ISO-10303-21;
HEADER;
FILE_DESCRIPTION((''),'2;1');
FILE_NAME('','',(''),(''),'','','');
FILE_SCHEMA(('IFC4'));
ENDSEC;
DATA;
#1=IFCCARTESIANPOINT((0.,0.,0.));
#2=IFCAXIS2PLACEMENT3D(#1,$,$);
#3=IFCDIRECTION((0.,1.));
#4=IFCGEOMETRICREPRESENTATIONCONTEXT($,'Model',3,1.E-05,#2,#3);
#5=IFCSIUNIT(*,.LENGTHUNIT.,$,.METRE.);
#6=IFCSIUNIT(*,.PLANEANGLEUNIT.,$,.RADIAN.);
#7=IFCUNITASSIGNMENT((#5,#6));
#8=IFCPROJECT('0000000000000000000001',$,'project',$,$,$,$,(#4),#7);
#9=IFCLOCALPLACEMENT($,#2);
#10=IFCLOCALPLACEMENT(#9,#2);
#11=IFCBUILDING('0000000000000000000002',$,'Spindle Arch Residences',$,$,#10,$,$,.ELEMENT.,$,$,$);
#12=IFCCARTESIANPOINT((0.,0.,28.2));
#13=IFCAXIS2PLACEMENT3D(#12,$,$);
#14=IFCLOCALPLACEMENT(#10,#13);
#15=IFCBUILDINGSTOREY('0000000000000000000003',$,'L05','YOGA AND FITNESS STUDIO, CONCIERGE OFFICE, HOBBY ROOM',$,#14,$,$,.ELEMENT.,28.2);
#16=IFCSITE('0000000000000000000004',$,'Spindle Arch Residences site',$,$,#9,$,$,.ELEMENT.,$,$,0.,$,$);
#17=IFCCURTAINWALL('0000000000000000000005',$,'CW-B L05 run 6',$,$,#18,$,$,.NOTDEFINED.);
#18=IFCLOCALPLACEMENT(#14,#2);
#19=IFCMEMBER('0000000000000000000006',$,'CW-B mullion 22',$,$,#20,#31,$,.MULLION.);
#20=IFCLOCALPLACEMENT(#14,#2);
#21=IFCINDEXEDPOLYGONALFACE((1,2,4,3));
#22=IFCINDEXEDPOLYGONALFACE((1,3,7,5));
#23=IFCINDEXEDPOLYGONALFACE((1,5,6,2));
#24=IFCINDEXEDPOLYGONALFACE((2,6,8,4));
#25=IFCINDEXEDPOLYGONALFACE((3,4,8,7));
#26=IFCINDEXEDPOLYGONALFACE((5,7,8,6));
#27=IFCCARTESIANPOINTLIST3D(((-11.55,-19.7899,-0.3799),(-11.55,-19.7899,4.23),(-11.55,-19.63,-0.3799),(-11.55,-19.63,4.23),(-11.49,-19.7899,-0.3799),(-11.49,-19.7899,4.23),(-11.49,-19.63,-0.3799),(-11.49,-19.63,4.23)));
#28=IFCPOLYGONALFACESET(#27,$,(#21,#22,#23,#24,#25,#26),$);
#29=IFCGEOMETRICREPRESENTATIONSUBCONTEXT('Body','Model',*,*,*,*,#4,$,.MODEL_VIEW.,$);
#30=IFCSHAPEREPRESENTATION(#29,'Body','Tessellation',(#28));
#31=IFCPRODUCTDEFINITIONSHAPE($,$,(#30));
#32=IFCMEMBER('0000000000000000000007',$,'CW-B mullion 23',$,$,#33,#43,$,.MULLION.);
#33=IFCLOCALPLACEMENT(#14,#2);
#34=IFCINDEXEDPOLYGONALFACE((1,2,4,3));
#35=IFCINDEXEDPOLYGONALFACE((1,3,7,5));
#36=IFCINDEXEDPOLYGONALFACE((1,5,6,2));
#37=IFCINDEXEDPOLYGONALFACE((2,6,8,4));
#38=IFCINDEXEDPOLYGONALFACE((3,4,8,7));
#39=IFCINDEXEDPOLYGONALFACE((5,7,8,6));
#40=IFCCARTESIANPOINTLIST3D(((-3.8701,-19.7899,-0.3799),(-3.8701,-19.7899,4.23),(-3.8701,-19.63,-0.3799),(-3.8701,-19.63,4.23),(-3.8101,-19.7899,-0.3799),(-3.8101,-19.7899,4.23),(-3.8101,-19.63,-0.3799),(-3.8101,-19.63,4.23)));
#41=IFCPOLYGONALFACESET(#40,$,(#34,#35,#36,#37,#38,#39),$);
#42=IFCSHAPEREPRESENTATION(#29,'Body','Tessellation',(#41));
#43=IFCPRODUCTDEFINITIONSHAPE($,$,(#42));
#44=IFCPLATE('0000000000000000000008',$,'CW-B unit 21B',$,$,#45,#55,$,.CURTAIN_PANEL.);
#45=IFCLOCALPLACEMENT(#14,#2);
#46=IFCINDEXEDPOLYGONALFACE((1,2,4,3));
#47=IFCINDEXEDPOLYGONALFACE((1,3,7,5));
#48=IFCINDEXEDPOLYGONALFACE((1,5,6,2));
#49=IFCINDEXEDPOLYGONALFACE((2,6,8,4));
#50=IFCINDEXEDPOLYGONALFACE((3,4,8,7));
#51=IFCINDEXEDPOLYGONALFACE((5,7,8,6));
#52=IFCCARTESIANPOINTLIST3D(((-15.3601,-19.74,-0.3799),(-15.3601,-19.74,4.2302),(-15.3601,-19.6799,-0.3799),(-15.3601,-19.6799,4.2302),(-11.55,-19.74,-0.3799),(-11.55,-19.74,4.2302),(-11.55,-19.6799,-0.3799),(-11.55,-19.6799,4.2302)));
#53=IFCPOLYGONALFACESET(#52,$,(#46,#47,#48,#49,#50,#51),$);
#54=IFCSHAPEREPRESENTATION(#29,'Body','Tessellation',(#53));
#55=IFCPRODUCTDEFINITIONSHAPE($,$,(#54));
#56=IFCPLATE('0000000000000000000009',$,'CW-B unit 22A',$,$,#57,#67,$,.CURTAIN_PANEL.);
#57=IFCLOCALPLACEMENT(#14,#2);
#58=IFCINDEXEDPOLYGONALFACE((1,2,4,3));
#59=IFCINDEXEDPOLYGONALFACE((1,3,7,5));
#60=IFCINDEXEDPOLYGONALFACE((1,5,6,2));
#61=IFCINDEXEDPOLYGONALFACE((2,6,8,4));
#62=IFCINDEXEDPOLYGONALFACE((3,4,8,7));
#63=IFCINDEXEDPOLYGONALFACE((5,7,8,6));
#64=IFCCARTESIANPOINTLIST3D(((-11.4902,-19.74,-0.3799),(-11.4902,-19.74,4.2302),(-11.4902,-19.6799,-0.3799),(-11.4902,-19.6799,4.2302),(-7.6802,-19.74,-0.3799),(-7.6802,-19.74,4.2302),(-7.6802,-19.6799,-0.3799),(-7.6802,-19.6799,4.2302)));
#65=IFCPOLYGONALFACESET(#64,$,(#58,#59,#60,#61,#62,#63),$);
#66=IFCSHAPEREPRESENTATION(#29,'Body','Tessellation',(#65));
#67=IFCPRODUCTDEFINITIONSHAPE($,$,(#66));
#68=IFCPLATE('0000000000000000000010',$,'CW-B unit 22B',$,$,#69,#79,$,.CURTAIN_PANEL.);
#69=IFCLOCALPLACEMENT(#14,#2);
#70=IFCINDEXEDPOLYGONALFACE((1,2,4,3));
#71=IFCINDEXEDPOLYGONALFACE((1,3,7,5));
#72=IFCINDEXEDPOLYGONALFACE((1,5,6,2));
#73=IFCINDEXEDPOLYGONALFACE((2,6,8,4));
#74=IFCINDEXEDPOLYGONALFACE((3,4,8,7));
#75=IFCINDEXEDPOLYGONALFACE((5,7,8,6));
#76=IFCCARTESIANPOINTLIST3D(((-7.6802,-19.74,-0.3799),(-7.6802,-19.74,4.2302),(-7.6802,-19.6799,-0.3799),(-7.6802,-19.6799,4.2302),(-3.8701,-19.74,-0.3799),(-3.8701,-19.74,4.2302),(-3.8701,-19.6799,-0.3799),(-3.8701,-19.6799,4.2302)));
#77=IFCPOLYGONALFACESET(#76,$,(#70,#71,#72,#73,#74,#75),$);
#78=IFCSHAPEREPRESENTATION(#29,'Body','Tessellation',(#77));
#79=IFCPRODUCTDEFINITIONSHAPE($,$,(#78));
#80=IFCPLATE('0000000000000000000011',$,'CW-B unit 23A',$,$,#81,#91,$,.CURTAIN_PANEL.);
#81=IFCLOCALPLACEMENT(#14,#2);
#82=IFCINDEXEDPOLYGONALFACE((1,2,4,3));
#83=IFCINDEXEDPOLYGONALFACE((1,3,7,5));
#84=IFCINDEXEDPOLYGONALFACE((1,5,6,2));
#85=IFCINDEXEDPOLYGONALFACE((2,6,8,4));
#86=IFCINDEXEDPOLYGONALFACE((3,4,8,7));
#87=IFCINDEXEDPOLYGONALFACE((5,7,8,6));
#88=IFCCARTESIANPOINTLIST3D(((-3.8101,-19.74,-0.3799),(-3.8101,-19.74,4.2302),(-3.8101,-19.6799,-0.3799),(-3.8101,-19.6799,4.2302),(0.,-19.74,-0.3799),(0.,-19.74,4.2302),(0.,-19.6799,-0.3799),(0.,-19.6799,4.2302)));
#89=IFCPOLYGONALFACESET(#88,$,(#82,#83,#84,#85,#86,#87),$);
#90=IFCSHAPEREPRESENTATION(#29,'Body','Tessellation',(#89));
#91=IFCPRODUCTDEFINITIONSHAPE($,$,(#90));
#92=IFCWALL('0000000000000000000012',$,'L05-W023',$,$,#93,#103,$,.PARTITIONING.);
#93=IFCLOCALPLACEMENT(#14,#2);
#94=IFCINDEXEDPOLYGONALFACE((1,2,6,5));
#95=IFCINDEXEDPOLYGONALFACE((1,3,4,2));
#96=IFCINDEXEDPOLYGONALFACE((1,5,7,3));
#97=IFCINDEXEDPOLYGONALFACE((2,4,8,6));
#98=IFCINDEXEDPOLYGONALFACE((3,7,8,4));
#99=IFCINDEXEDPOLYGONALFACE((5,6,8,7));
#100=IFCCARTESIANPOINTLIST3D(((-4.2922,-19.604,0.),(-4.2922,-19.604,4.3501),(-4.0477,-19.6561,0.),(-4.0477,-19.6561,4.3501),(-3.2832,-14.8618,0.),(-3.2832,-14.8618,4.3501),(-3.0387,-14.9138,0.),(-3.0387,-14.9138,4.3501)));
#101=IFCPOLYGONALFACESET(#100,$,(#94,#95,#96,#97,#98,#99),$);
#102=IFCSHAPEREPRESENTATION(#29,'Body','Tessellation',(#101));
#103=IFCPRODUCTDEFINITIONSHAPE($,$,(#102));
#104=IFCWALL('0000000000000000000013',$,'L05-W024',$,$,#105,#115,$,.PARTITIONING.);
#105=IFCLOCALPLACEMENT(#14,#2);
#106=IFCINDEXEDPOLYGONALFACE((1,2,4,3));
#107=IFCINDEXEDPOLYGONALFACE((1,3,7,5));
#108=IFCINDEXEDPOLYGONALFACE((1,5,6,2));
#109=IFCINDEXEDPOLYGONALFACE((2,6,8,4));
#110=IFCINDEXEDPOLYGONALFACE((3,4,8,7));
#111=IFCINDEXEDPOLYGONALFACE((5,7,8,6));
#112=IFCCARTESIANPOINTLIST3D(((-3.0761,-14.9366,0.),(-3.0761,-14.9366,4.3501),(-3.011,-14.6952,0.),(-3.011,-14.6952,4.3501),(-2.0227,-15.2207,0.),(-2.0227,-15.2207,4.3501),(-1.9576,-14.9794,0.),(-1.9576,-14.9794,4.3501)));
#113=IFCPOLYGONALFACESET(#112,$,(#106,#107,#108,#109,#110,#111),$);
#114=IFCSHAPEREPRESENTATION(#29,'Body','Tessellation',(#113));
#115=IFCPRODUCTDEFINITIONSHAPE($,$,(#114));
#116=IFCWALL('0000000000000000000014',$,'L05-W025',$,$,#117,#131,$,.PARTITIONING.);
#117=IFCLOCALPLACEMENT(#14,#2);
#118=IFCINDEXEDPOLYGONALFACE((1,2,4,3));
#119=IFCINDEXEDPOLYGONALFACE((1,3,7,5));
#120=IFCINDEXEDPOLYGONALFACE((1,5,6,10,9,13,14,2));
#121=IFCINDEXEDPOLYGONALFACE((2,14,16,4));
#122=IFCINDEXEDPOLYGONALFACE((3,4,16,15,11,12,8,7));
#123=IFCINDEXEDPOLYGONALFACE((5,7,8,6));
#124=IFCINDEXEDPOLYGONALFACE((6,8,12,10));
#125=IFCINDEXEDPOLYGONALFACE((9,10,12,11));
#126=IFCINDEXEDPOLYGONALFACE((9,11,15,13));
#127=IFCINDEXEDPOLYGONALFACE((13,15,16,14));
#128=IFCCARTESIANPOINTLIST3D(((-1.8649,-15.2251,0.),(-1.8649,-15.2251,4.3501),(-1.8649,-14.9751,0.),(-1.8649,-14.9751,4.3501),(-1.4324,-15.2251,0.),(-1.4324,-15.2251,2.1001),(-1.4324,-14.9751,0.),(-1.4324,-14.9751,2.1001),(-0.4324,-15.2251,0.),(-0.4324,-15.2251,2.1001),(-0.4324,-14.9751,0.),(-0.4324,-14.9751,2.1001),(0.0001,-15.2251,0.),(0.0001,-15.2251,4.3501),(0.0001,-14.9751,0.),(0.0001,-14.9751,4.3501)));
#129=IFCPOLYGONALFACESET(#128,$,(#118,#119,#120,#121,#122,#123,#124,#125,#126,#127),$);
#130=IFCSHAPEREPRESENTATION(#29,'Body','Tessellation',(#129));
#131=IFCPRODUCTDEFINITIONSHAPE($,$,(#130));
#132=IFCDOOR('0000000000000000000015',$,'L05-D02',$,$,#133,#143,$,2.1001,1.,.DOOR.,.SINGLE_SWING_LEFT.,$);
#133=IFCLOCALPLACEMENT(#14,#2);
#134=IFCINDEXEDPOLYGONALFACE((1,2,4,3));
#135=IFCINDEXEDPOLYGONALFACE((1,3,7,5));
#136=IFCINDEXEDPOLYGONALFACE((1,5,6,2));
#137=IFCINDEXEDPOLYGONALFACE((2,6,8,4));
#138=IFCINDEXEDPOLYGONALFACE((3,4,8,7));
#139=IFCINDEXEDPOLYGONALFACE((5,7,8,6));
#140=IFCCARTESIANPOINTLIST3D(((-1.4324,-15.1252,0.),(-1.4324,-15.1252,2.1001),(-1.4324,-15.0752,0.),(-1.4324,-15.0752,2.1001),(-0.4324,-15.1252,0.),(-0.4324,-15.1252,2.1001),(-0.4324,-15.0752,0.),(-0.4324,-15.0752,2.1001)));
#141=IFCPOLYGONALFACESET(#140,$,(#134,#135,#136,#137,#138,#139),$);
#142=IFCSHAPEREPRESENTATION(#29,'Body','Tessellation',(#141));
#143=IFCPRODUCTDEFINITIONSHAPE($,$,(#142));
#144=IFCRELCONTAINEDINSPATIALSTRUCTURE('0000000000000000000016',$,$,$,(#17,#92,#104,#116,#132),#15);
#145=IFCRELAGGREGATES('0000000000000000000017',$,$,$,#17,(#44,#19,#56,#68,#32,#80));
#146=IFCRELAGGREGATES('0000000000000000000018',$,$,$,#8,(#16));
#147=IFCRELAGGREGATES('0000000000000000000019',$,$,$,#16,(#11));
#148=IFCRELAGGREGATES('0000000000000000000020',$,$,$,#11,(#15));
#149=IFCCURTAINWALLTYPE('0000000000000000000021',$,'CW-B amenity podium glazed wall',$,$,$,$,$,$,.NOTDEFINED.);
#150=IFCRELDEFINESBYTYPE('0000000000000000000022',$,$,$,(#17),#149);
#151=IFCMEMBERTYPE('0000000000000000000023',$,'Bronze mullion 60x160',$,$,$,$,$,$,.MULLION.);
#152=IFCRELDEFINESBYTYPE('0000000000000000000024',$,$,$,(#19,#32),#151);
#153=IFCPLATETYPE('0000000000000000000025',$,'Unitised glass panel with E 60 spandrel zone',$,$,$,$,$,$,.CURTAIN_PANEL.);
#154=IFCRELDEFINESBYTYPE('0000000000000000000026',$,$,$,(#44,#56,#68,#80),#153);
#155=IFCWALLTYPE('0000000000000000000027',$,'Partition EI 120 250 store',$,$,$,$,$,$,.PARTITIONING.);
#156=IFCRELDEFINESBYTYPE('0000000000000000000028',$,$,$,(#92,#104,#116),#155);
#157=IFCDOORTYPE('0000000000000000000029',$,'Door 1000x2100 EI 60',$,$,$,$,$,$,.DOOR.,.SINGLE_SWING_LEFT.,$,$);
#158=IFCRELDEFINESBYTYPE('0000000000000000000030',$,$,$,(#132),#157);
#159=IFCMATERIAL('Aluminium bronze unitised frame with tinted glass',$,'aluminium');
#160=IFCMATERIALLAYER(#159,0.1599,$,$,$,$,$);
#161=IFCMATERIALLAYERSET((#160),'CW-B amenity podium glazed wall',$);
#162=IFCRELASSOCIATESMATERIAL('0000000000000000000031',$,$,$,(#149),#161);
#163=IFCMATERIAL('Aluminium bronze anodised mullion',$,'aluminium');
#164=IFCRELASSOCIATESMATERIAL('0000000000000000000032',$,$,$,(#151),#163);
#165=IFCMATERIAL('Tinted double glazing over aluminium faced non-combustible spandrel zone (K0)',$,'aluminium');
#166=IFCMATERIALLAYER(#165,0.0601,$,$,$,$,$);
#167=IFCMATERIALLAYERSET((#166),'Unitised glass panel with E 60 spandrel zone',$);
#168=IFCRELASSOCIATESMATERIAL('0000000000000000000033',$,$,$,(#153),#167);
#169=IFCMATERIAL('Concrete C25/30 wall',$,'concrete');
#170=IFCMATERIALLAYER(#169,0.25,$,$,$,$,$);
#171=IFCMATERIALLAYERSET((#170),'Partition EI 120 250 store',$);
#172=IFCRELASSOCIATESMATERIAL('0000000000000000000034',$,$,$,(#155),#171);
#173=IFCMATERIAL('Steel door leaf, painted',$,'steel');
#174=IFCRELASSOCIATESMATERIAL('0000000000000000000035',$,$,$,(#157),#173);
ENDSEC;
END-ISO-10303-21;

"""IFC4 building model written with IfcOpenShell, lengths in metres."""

from ifc_helpers import new_model, si_unit, direction, frame, frame_2d, origin, origin_2d, place, context, subcontext, project, spatial, rectangle, extrude, material, layer, layer_set, material_profile, profile_set, type_object, element, fill, aggregate, save


model = new_model("IFC4")

# Units and contexts
model_context = context("Model", 3, precision=1e-05, world=origin(), true_north=direction((0.0, 1.0)))
body_context = subcontext(model_context, "Body", "Model", "MODEL_VIEW")
ifc_project = project(units=[si_unit("LENGTHUNIT", "METRE"), si_unit("PLANEANGLEUNIT", "RADIAN")], contexts=[model_context])

# Site, building, storey
site_placement = place(None, origin())
site = spatial("IfcSite", under=ifc_project, at=site_placement, Name="Spindle Arch Residences site", CompositionType="ELEMENT", RefElevation=0.0)
building_placement = place(site_placement, origin())
building = spatial("IfcBuilding", under=site, at=building_placement, Name="Spindle Arch Residences", CompositionType="ELEMENT")
storey_placement = place(building_placement, frame((0.0, 0.0, 28.2)))
storey = spatial("IfcBuildingStorey", under=building, at=storey_placement, Name="L05", Description="YOGA AND FITNESS STUDIO, CONCIERGE OFFICE, HOBBY ROOM", CompositionType="ELEMENT", Elevation=28.2)

# Curtain wall, members, plates
ifc_material_1 = material(Name="Aluminium bronze unitised frame with tinted glass", Category="aluminium")
ifc_layer_1 = layer(ifc_material_1, 0.1599)
ifc_layer_set_1 = layer_set([ifc_layer_1], Name="CW-B amenity podium glazed wall")
curtain_wall_type = type_object("IfcCurtainWallType", Name="CW-B amenity podium glazed wall", PredefinedType="NOTDEFINED", material=ifc_layer_set_1)
curtain_wall_placement = place(storey_placement, origin())
curtain_wall = element("IfcCurtainWall", 1, at=curtain_wall_placement, inside=storey, type_object=curtain_wall_type, Name="CW-B L05 run 6", PredefinedType="NOTDEFINED")
ifc_material_2 = material(Name="Aluminium bronze anodised mullion", Category="aluminium")
ifc_material_profile_1 = material_profile(ifc_material_2, rectangle(XDim=0.1599, YDim=0.0601, at=origin_2d()), Name="MU 60x160")
ifc_profile_set_1 = profile_set([ifc_material_profile_1], Name="Aluminium bronze anodised mullion")
member_type_1 = type_object("IfcMemberType", Name="Bronze mullion 60x160", PredefinedType="MULLION", material=ifc_profile_set_1)
member_1_placement = place(storey_placement, frame((-11.52, -19.71, -0.3799), z_axis=(0.0, 0.0, 1.0), x_axis=(0.0, 1.0, 0.0)))
member_1 = element("IfcMember", 2, at=member_1_placement, type_object=member_type_1, Name="CW-B mullion 22", PredefinedType="MULLION", context=body_context, shape_type="SweptSolid", body=[
    extrude(rectangle(XDim=0.1599, YDim=0.0601, at=origin_2d()), origin(), (0.0, 0.0, 1.0), 4.6099),
])
member_2_placement = place(storey_placement, frame((-3.8401, -19.71, -0.3799), z_axis=(0.0, 0.0, 1.0), x_axis=(0.0, 1.0, 0.0)))
member_2 = element("IfcMember", 3, at=member_2_placement, type_object=member_type_1, Name="CW-B mullion 23", PredefinedType="MULLION", context=body_context, shape_type="SweptSolid", body=[
    extrude(rectangle(XDim=0.1599, YDim=0.0601, at=origin_2d()), origin(), (0.0, 0.0, 1.0), 4.6099),
])
ifc_material_3 = material(Name="Tinted double glazing over aluminium faced non-combustible spandrel zone (K0)", Category="aluminium")
ifc_layer_2 = layer(ifc_material_3, 0.0601)
ifc_layer_set_2 = layer_set([ifc_layer_2], Name="Unitised glass panel with E 60 spandrel zone")
plate_type = type_object("IfcPlateType", Name="Unitised glass panel with E 60 spandrel zone", PredefinedType="CURTAIN_PANEL", material=ifc_layer_set_2)
plate_1_placement = place(storey_placement, frame((-13.4551, -19.71, -0.3799), z_axis=(0.0, 0.0, 1.0), x_axis=(1.0, 0.0, 0.0)))
plate_1 = element("IfcPlate", 4, at=plate_1_placement, type_object=plate_type, Name="CW-B unit 21B", PredefinedType="CURTAIN_PANEL", context=body_context, shape_type="SweptSolid", body=[
    extrude(rectangle(XDim=3.8101, YDim=0.0601, at=origin_2d()), origin(), (0.0, 0.0, 1.0), 4.6101),
])
plate_2_placement = place(storey_placement, frame((-9.5852, -19.71, -0.3799), z_axis=(0.0, 0.0, 1.0), x_axis=(1.0, 0.0, 0.0)))
plate_2 = element("IfcPlate", 5, at=plate_2_placement, type_object=plate_type, Name="CW-B unit 22A", PredefinedType="CURTAIN_PANEL", context=body_context, shape_type="SweptSolid", body=[
    extrude(rectangle(XDim=3.8101, YDim=0.0601, at=origin_2d()), origin(), (0.0, 0.0, 1.0), 4.6101),
])
plate_3_placement = place(storey_placement, frame((-5.7751, -19.71, -0.3799), z_axis=(0.0, 0.0, 1.0), x_axis=(1.0, 0.0, 0.0)))
plate_3 = element("IfcPlate", 6, at=plate_3_placement, type_object=plate_type, Name="CW-B unit 22B", PredefinedType="CURTAIN_PANEL", context=body_context, shape_type="SweptSolid", body=[
    extrude(rectangle(XDim=3.8101, YDim=0.0601, at=origin_2d()), origin(), (0.0, 0.0, 1.0), 4.6101),
])
plate_4_placement = place(storey_placement, frame((-1.905, -19.71, -0.3799), z_axis=(0.0, 0.0, 1.0), x_axis=(1.0, 0.0, 0.0)))
plate_4 = element("IfcPlate", 7, at=plate_4_placement, type_object=plate_type, Name="CW-B unit 23A", PredefinedType="CURTAIN_PANEL", context=body_context, shape_type="SweptSolid", body=[
    extrude(rectangle(XDim=3.8101, YDim=0.0601, at=origin_2d()), origin(), (0.0, 0.0, 1.0), 4.6101),
])
aggregate(curtain_wall, [plate_1, member_1, plate_2, plate_3, member_2, plate_4])

# Walls
ifc_material_4 = material(Name="Concrete C25/30 wall", Category="concrete")
ifc_layer_3 = layer(ifc_material_4, 0.25)
ifc_layer_set_3 = layer_set([ifc_layer_3], Name="Partition EI 120 250 store")
wall_type = type_object("IfcWallType", Name="Partition EI 120 250 store", PredefinedType="PARTITIONING", material=ifc_layer_set_3)
wall_1_placement = place(storey_placement, frame((-3.1609, -14.8877, 0.0), z_axis=(0.0, 0.0, 1.0), x_axis=(-0.208119, -0.978104, 0.0)))
element("IfcWall", 8, at=wall_1_placement, inside=storey, type_object=wall_type, Name="L05-W023", PredefinedType="PARTITIONING", context=body_context, shape_type="SweptSolid", body=[
    extrude(rectangle(XDim=4.8484, YDim=0.25, at=frame_2d((2.4243, 0.0))), origin(), (0.0, 0.0, 1.0), 4.3501),
])
wall_2_placement = place(storey_placement, frame((-3.0435, -14.8159, 0.0), z_axis=(0.0, 0.0, 1.0), x_axis=(0.965488, -0.260447, 0.0)))
element("IfcWall", 9, at=wall_2_placement, inside=storey, type_object=wall_type, Name="L05-W024", PredefinedType="PARTITIONING", context=body_context, shape_type="SweptSolid", body=[
    extrude(rectangle(XDim=1.0911, YDim=0.25, at=frame_2d((0.5454, 0.0))), origin(), (0.0, 0.0, 1.0), 4.3501),
])

# Wall, opening, door
wall_3_placement = place(storey_placement, frame((-1.865, -15.1001, 0.0), z_axis=(0.0, 0.0, 1.0), x_axis=(1.0, 0.0, 0.0)))
wall_3 = element("IfcWall", 10, at=wall_3_placement, inside=storey, type_object=wall_type, Name="L05-W025", PredefinedType="PARTITIONING", context=body_context, shape_type="SweptSolid", body=[
    extrude(rectangle(XDim=1.865, YDim=0.25, at=frame_2d((0.9326, 0.0))), origin(), (0.0, 0.0, 1.0), 4.3501),
])
opening_placement = place(wall_3_placement, frame((0.4326, 0.0, 0.0)))
opening = element("IfcOpeningElement", 11, at=opening_placement, cuts=wall_3, PredefinedType="OPENING", context=body_context, shape_type="SweptSolid", body=[
    extrude(rectangle(XDim=1.0, YDim=2.1001, at=frame_2d((0.5, 1.05))), frame((0.0, 0.135, 0.0), z_axis=(0.0, -1.0, 0.0), x_axis=(1.0, 0.0, 0.0)), (0.0, 0.0, 1.0), 0.27),
])
ifc_material_5 = material(Name="Steel door leaf, painted", Category="steel")
door_type = type_object("IfcDoorType", Name="Door 1000x2100 EI 60", OperationType="SINGLE_SWING_LEFT", PredefinedType="DOOR", material=ifc_material_5)
door_placement = place(opening_placement, origin())
door = element("IfcDoor", 12, at=door_placement, inside=storey, type_object=door_type, Name="L05-D02", OperationType="SINGLE_SWING_LEFT", OverallHeight=2.1001, OverallWidth=1.0, PredefinedType="DOOR", context=body_context, shape_type="SweptSolid", body=[
    extrude(rectangle(XDim=1.0, YDim=2.1001, at=frame_2d((0.5, 1.05))), frame((0.0, 0.0249, 0.0), z_axis=(0.0, -1.0, 0.0), x_axis=(1.0, 0.0, 0.0)), (0.0, 0.0, 1.0), 0.05),
])
fill(opening, door)

save(model, "model.ifc")
